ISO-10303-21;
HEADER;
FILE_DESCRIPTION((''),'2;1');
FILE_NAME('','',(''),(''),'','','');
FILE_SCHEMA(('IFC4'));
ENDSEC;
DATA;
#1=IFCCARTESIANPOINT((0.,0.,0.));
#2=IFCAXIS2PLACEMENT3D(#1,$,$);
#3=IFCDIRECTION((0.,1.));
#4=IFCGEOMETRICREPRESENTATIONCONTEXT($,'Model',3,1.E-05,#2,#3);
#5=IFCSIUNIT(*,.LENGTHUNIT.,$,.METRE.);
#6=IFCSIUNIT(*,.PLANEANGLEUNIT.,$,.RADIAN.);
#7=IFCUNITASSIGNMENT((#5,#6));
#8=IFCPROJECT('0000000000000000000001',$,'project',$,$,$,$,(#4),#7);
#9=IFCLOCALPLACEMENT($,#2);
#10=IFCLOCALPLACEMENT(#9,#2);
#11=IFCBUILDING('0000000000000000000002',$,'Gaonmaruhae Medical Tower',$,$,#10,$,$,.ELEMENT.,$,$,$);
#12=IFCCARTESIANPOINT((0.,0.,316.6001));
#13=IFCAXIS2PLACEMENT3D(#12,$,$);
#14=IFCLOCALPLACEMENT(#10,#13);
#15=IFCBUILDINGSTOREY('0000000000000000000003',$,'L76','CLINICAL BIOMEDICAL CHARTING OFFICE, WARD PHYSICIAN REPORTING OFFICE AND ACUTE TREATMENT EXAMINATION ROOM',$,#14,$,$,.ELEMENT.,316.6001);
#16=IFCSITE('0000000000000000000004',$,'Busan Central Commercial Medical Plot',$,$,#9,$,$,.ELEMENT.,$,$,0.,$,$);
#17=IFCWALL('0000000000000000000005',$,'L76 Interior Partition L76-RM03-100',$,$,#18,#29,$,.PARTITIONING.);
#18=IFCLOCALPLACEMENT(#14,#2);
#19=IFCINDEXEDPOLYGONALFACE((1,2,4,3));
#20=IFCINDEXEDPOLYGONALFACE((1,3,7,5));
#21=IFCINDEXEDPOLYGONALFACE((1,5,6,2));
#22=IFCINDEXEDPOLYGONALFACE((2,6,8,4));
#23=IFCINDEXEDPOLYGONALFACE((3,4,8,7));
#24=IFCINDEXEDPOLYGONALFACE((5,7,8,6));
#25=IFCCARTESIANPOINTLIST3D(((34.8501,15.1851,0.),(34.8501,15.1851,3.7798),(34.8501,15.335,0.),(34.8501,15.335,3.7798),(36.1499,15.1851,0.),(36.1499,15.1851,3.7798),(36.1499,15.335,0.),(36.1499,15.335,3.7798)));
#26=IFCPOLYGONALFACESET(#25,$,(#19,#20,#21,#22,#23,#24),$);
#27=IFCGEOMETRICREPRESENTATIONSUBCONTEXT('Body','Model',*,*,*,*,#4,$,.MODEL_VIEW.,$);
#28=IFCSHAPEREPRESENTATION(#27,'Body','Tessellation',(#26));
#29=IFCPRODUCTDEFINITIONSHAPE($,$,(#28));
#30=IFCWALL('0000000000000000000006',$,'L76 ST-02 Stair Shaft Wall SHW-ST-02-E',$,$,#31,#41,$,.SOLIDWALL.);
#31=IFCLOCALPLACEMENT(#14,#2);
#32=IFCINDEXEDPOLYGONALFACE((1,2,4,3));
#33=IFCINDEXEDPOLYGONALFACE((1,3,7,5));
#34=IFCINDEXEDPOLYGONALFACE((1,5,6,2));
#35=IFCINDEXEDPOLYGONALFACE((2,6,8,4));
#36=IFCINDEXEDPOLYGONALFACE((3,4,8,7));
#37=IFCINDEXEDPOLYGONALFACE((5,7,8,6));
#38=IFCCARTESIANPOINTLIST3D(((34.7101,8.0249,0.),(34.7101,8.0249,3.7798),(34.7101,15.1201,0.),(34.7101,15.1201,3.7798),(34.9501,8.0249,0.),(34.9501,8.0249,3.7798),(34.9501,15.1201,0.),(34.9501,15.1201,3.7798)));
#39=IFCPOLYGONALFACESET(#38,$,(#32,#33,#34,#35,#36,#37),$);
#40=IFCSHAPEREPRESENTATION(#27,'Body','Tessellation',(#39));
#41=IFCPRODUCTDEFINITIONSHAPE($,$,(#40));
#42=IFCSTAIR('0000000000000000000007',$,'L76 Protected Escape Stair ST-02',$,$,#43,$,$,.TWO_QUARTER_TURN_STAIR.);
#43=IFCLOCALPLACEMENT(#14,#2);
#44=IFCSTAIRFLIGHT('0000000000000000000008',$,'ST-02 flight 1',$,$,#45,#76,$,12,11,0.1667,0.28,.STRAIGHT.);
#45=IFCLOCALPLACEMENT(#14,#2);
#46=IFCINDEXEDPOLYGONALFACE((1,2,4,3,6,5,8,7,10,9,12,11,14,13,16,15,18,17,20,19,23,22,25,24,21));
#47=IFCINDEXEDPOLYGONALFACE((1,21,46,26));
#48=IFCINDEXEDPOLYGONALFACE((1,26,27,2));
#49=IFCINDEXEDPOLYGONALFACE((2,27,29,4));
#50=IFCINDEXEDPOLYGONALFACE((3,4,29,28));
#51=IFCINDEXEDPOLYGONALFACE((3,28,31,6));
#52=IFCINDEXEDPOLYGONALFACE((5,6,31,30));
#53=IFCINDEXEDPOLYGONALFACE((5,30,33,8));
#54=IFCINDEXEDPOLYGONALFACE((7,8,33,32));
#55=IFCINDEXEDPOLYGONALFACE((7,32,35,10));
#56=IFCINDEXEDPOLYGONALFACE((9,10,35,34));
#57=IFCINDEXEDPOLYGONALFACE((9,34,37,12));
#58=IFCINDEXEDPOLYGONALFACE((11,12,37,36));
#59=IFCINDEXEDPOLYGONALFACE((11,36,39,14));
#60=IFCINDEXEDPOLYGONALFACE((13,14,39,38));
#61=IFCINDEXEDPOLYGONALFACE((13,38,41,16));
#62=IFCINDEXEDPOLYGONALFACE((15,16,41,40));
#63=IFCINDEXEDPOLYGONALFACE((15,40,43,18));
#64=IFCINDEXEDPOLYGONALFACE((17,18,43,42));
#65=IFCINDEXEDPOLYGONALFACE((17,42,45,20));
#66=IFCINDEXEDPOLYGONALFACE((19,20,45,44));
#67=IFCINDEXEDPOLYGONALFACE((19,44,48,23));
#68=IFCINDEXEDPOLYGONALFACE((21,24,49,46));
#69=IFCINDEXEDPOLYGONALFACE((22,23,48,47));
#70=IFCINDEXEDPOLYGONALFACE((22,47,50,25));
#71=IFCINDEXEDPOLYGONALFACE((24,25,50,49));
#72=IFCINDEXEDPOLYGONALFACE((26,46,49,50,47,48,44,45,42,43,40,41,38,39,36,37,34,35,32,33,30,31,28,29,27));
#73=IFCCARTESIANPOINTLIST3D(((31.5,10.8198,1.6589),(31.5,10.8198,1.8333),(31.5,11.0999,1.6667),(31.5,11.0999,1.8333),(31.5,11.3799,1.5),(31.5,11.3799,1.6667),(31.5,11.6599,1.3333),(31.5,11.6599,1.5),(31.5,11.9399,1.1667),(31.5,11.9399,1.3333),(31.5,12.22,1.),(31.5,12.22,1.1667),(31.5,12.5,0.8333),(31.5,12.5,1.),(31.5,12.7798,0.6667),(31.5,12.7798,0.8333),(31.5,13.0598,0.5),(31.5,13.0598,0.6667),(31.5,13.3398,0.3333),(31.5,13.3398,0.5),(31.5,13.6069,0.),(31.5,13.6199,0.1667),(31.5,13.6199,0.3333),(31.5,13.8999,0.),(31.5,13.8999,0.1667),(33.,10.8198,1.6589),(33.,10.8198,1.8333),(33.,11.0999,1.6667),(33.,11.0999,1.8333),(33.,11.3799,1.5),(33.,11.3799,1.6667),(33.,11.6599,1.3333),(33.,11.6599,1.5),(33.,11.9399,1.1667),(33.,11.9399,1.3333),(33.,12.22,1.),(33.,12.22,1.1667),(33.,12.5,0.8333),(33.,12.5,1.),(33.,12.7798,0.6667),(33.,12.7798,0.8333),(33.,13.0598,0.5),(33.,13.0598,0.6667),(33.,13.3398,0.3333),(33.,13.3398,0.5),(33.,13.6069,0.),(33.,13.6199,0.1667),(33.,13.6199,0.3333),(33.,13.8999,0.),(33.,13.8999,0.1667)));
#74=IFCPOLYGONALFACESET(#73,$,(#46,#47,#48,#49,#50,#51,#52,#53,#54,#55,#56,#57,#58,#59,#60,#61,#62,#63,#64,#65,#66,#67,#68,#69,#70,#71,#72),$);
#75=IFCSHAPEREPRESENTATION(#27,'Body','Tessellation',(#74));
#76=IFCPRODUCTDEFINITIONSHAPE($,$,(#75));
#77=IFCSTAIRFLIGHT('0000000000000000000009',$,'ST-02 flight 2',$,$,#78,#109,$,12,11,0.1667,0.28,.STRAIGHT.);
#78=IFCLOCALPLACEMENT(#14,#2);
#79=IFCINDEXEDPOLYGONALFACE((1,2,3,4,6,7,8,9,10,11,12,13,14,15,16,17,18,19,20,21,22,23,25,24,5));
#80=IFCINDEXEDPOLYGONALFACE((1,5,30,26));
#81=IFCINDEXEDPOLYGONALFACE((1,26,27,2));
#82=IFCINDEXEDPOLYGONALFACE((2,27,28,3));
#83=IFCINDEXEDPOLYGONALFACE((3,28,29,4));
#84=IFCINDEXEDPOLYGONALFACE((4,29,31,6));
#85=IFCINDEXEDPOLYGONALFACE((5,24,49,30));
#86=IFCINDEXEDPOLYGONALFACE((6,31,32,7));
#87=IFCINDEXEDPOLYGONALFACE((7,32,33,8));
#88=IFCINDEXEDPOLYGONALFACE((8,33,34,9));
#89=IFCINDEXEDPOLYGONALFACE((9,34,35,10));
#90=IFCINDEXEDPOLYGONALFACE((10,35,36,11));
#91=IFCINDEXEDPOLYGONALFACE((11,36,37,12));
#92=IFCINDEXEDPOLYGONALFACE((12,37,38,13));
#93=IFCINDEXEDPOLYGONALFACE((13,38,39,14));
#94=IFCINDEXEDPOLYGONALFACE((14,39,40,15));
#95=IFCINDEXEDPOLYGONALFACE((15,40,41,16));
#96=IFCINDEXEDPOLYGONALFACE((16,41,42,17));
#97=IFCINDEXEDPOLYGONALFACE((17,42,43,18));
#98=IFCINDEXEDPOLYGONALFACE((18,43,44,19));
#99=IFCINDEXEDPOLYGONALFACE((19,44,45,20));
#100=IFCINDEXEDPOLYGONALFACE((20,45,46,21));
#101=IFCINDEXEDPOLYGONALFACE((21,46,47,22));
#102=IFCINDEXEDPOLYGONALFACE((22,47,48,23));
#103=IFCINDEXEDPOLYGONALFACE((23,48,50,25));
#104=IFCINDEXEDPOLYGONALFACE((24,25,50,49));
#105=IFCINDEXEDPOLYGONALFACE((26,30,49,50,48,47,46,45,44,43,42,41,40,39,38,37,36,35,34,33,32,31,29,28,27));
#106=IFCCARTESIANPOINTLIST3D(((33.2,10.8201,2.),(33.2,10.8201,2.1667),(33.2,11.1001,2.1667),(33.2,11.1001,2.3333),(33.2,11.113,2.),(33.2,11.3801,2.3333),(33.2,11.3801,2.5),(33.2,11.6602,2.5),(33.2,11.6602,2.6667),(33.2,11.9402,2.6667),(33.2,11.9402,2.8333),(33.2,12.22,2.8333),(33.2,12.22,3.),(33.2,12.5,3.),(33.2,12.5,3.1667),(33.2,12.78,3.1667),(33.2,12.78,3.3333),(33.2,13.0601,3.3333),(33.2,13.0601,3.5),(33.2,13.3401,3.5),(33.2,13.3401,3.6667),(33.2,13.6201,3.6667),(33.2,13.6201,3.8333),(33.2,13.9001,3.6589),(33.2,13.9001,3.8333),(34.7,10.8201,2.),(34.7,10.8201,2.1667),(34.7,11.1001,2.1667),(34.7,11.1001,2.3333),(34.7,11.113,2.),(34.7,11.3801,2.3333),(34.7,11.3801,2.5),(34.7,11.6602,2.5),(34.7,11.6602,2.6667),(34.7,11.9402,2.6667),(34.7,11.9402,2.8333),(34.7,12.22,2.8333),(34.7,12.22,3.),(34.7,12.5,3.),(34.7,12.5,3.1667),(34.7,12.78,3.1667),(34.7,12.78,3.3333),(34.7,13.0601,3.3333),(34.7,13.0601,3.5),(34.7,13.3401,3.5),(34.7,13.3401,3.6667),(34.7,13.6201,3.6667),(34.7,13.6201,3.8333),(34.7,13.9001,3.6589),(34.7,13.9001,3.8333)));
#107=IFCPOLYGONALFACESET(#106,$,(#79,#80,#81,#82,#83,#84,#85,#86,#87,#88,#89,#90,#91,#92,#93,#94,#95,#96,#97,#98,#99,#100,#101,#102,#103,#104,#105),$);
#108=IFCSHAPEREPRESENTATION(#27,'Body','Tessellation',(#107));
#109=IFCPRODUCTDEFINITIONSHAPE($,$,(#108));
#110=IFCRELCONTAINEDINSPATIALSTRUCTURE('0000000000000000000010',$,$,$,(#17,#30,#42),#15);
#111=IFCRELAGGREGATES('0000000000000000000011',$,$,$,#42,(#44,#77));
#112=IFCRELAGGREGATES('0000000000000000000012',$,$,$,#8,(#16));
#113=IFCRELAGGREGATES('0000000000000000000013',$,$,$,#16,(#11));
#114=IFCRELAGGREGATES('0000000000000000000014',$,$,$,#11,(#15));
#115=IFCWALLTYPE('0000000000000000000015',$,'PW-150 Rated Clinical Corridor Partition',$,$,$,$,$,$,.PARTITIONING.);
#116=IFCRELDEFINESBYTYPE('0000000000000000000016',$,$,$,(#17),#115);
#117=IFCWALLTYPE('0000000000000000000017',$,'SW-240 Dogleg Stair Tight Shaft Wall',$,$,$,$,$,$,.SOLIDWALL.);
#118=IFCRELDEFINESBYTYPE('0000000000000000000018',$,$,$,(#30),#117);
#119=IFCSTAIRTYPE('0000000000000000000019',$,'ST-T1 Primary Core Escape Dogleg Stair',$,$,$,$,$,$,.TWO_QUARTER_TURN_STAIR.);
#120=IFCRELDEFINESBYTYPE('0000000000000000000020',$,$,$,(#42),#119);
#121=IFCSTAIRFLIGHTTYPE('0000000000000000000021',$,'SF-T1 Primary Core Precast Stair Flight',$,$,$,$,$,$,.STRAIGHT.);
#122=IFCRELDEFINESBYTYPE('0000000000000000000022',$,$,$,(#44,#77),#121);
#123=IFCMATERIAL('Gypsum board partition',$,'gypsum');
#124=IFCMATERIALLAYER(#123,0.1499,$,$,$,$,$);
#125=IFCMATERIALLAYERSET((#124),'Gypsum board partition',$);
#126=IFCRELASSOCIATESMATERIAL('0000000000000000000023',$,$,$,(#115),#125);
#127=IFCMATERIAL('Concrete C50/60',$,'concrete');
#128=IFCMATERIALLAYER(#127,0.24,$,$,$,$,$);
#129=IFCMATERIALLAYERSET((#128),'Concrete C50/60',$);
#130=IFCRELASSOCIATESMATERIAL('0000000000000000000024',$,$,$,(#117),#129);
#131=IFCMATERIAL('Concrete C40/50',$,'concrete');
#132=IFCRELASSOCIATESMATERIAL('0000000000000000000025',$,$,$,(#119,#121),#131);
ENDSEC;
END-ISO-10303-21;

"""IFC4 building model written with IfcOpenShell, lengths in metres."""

from ifc_helpers import new_model, si_unit, direction, frame, frame_2d, origin, place, context, subcontext, project, spatial, polyline, rectangle, outline, extrude, material, layer, layer_set, type_object, element, aggregate, save


model = new_model("IFC4")

# Units and contexts
model_context = context("Model", 3, precision=1e-05, world=origin(), true_north=direction((0.0, 1.0)))
body_context = subcontext(model_context, "Body", "Model", "MODEL_VIEW")
ifc_project = project(units=[si_unit("LENGTHUNIT", "METRE"), si_unit("PLANEANGLEUNIT", "RADIAN")], contexts=[model_context])

# Site, building, storey
site_placement = place(None, origin())
site = spatial("IfcSite", under=ifc_project, at=site_placement, Name="Busan Central Commercial Medical Plot", CompositionType="ELEMENT", RefElevation=0.0)
building_placement = place(site_placement, origin())
building = spatial("IfcBuilding", under=site, at=building_placement, Name="Gaonmaruhae Medical Tower", CompositionType="ELEMENT")
storey_placement = place(building_placement, frame((0.0, 0.0, 316.6001)))
storey = spatial("IfcBuildingStorey", under=building, at=storey_placement, Name="L76", Description="CLINICAL BIOMEDICAL CHARTING OFFICE, WARD PHYSICIAN REPORTING OFFICE AND ACUTE TREATMENT EXAMINATION ROOM", CompositionType="ELEMENT", Elevation=316.6001)

# Shared definitions
ifc_material_1 = material(Name="Concrete C50/60", Category="concrete")

# Walls
ifc_material_2 = material(Name="Gypsum board partition", Category="gypsum")
ifc_layer_1 = layer(ifc_material_2, 0.1499)
ifc_layer_set_1 = layer_set([ifc_layer_1], Name="Gypsum board partition")
wall_type_1 = type_object("IfcWallType", Name="PW-150 Rated Clinical Corridor Partition", PredefinedType="PARTITIONING", material=ifc_layer_set_1)
wall_1_placement = place(storey_placement, frame((36.1499, 15.26, 0.0), z_axis=(0.0, 0.0, 1.0), x_axis=(-1.0, 0.0, 0.0)))
element("IfcWall", 1, at=wall_1_placement, inside=storey, type_object=wall_type_1, Name="L76 Interior Partition L76-RM03-100", PredefinedType="PARTITIONING", context=body_context, shape_type="SweptSolid", body=[
    extrude(rectangle(XDim=1.2998, YDim=0.1499, at=frame_2d((0.6499, 0.0))), origin(), (0.0, 0.0, 1.0), 3.7798),
])
ifc_layer_2 = layer(ifc_material_1, 0.24)
ifc_layer_set_2 = layer_set([ifc_layer_2], Name="Concrete C50/60")
wall_type_2 = type_object("IfcWallType", Name="SW-240 Dogleg Stair Tight Shaft Wall", PredefinedType="SOLIDWALL", material=ifc_layer_set_2)
wall_2_placement = place(storey_placement, frame((34.8301, 15.1201, 0.0), z_axis=(0.0, 0.0, 1.0), x_axis=(0.0, -1.0, 0.0)))
element("IfcWall", 2, at=wall_2_placement, inside=storey, type_object=wall_type_2, Name="L76 ST-02 Stair Shaft Wall SHW-ST-02-E", PredefinedType="SOLIDWALL", context=body_context, shape_type="SweptSolid", body=[
    extrude(rectangle(XDim=7.0952, YDim=0.24, at=frame_2d((3.5476, 0.0))), origin(), (0.0, 0.0, 1.0), 3.7798),
])

# Stair, stair flights
ifc_material_3 = material(Name="Concrete C40/50", Category="concrete")
stair_type = type_object("IfcStairType", Name="ST-T1 Primary Core Escape Dogleg Stair", PredefinedType="TWO_QUARTER_TURN_STAIR", material=ifc_material_3)
stair_placement = place(storey_placement, origin())
stair = element("IfcStair", 3, at=stair_placement, inside=storey, type_object=stair_type, Name="L76 Protected Escape Stair ST-02", PredefinedType="TWO_QUARTER_TURN_STAIR")
stair_flight_type = type_object("IfcStairFlightType", Name="SF-T1 Primary Core Precast Stair Flight", PredefinedType="STRAIGHT", material=ifc_material_3)
stair_flight_1_placement = place(storey_placement, frame((32.25, 13.8999, 0.0), z_axis=(0.0, 0.0, 1.0), x_axis=(0.0, -1.0, 0.0)))
stair_flight_1 = element("IfcStairFlight", 4, at=stair_flight_1_placement, type_object=stair_flight_type, Name="ST-02 flight 1", NumberOfRisers=12, NumberOfTreads=11, PredefinedType="STRAIGHT", RiserHeight=0.1667, TreadLength=0.28, context=body_context, shape_type="SweptSolid", body=[
    extrude(outline(polyline([(0.0, 0.0), (0.0, 0.1667), (0.28, 0.1667), (0.28, 0.3333), (0.5601, 0.3333), (0.5601, 0.5), (0.8401, 0.5), (0.8401, 0.6667), (1.1201, 0.6667), (1.1201, 0.8333), (1.3999, 0.8333), (1.3999, 1.0), (1.6799, 1.0), (1.6799, 1.1667), (1.96, 1.1667), (1.96, 1.3333), (2.24, 1.3333), (2.24, 1.5), (2.52, 1.5), (2.52, 1.6667), (2.8, 1.6667), (2.8, 1.8333), (3.0801, 1.8333), (3.0801, 2.0), (3.0801, 1.6589), (0.293, 0.0), (0.0, 0.0)])), frame((0.0, 0.75, 0.0), z_axis=(0.0, -1.0, 0.0), x_axis=(1.0, 0.0, 0.0)), (0.0, 0.0, 1.0), 1.5),
])
stair_flight_2_placement = place(storey_placement, frame((33.95, 10.8201, 2.0), z_axis=(0.0, 0.0, 1.0), x_axis=(0.0, 1.0, 0.0)))
stair_flight_2 = element("IfcStairFlight", 5, at=stair_flight_2_placement, type_object=stair_flight_type, Name="ST-02 flight 2", NumberOfRisers=12, NumberOfTreads=11, PredefinedType="STRAIGHT", RiserHeight=0.1667, TreadLength=0.28, context=body_context, shape_type="SweptSolid", body=[
    extrude(outline(polyline([(0.0, 0.0), (0.0, 0.1667), (0.28, 0.1667), (0.28, 0.3333), (0.5601, 0.3333), (0.5601, 0.5), (0.8401, 0.5), (0.8401, 0.6667), (1.1201, 0.6667), (1.1201, 0.8333), (1.3999, 0.8333), (1.3999, 1.0), (1.6799, 1.0), (1.6799, 1.1667), (1.96, 1.1667), (1.96, 1.3333), (2.24, 1.3333), (2.24, 1.5), (2.52, 1.5), (2.52, 1.6667), (2.8, 1.6667), (2.8, 1.8333), (3.0801, 1.8333), (3.0801, 2.0), (3.0801, 1.6589), (0.293, 0.0), (0.0, 0.0)])), frame((0.0, 0.75, 0.0), z_axis=(0.0, -1.0, 0.0), x_axis=(1.0, 0.0, 0.0)), (0.0, 0.0, 1.0), 1.5),
])
aggregate(stair, [stair_flight_1, stair_flight_2])

save(model, "model.ifc")
